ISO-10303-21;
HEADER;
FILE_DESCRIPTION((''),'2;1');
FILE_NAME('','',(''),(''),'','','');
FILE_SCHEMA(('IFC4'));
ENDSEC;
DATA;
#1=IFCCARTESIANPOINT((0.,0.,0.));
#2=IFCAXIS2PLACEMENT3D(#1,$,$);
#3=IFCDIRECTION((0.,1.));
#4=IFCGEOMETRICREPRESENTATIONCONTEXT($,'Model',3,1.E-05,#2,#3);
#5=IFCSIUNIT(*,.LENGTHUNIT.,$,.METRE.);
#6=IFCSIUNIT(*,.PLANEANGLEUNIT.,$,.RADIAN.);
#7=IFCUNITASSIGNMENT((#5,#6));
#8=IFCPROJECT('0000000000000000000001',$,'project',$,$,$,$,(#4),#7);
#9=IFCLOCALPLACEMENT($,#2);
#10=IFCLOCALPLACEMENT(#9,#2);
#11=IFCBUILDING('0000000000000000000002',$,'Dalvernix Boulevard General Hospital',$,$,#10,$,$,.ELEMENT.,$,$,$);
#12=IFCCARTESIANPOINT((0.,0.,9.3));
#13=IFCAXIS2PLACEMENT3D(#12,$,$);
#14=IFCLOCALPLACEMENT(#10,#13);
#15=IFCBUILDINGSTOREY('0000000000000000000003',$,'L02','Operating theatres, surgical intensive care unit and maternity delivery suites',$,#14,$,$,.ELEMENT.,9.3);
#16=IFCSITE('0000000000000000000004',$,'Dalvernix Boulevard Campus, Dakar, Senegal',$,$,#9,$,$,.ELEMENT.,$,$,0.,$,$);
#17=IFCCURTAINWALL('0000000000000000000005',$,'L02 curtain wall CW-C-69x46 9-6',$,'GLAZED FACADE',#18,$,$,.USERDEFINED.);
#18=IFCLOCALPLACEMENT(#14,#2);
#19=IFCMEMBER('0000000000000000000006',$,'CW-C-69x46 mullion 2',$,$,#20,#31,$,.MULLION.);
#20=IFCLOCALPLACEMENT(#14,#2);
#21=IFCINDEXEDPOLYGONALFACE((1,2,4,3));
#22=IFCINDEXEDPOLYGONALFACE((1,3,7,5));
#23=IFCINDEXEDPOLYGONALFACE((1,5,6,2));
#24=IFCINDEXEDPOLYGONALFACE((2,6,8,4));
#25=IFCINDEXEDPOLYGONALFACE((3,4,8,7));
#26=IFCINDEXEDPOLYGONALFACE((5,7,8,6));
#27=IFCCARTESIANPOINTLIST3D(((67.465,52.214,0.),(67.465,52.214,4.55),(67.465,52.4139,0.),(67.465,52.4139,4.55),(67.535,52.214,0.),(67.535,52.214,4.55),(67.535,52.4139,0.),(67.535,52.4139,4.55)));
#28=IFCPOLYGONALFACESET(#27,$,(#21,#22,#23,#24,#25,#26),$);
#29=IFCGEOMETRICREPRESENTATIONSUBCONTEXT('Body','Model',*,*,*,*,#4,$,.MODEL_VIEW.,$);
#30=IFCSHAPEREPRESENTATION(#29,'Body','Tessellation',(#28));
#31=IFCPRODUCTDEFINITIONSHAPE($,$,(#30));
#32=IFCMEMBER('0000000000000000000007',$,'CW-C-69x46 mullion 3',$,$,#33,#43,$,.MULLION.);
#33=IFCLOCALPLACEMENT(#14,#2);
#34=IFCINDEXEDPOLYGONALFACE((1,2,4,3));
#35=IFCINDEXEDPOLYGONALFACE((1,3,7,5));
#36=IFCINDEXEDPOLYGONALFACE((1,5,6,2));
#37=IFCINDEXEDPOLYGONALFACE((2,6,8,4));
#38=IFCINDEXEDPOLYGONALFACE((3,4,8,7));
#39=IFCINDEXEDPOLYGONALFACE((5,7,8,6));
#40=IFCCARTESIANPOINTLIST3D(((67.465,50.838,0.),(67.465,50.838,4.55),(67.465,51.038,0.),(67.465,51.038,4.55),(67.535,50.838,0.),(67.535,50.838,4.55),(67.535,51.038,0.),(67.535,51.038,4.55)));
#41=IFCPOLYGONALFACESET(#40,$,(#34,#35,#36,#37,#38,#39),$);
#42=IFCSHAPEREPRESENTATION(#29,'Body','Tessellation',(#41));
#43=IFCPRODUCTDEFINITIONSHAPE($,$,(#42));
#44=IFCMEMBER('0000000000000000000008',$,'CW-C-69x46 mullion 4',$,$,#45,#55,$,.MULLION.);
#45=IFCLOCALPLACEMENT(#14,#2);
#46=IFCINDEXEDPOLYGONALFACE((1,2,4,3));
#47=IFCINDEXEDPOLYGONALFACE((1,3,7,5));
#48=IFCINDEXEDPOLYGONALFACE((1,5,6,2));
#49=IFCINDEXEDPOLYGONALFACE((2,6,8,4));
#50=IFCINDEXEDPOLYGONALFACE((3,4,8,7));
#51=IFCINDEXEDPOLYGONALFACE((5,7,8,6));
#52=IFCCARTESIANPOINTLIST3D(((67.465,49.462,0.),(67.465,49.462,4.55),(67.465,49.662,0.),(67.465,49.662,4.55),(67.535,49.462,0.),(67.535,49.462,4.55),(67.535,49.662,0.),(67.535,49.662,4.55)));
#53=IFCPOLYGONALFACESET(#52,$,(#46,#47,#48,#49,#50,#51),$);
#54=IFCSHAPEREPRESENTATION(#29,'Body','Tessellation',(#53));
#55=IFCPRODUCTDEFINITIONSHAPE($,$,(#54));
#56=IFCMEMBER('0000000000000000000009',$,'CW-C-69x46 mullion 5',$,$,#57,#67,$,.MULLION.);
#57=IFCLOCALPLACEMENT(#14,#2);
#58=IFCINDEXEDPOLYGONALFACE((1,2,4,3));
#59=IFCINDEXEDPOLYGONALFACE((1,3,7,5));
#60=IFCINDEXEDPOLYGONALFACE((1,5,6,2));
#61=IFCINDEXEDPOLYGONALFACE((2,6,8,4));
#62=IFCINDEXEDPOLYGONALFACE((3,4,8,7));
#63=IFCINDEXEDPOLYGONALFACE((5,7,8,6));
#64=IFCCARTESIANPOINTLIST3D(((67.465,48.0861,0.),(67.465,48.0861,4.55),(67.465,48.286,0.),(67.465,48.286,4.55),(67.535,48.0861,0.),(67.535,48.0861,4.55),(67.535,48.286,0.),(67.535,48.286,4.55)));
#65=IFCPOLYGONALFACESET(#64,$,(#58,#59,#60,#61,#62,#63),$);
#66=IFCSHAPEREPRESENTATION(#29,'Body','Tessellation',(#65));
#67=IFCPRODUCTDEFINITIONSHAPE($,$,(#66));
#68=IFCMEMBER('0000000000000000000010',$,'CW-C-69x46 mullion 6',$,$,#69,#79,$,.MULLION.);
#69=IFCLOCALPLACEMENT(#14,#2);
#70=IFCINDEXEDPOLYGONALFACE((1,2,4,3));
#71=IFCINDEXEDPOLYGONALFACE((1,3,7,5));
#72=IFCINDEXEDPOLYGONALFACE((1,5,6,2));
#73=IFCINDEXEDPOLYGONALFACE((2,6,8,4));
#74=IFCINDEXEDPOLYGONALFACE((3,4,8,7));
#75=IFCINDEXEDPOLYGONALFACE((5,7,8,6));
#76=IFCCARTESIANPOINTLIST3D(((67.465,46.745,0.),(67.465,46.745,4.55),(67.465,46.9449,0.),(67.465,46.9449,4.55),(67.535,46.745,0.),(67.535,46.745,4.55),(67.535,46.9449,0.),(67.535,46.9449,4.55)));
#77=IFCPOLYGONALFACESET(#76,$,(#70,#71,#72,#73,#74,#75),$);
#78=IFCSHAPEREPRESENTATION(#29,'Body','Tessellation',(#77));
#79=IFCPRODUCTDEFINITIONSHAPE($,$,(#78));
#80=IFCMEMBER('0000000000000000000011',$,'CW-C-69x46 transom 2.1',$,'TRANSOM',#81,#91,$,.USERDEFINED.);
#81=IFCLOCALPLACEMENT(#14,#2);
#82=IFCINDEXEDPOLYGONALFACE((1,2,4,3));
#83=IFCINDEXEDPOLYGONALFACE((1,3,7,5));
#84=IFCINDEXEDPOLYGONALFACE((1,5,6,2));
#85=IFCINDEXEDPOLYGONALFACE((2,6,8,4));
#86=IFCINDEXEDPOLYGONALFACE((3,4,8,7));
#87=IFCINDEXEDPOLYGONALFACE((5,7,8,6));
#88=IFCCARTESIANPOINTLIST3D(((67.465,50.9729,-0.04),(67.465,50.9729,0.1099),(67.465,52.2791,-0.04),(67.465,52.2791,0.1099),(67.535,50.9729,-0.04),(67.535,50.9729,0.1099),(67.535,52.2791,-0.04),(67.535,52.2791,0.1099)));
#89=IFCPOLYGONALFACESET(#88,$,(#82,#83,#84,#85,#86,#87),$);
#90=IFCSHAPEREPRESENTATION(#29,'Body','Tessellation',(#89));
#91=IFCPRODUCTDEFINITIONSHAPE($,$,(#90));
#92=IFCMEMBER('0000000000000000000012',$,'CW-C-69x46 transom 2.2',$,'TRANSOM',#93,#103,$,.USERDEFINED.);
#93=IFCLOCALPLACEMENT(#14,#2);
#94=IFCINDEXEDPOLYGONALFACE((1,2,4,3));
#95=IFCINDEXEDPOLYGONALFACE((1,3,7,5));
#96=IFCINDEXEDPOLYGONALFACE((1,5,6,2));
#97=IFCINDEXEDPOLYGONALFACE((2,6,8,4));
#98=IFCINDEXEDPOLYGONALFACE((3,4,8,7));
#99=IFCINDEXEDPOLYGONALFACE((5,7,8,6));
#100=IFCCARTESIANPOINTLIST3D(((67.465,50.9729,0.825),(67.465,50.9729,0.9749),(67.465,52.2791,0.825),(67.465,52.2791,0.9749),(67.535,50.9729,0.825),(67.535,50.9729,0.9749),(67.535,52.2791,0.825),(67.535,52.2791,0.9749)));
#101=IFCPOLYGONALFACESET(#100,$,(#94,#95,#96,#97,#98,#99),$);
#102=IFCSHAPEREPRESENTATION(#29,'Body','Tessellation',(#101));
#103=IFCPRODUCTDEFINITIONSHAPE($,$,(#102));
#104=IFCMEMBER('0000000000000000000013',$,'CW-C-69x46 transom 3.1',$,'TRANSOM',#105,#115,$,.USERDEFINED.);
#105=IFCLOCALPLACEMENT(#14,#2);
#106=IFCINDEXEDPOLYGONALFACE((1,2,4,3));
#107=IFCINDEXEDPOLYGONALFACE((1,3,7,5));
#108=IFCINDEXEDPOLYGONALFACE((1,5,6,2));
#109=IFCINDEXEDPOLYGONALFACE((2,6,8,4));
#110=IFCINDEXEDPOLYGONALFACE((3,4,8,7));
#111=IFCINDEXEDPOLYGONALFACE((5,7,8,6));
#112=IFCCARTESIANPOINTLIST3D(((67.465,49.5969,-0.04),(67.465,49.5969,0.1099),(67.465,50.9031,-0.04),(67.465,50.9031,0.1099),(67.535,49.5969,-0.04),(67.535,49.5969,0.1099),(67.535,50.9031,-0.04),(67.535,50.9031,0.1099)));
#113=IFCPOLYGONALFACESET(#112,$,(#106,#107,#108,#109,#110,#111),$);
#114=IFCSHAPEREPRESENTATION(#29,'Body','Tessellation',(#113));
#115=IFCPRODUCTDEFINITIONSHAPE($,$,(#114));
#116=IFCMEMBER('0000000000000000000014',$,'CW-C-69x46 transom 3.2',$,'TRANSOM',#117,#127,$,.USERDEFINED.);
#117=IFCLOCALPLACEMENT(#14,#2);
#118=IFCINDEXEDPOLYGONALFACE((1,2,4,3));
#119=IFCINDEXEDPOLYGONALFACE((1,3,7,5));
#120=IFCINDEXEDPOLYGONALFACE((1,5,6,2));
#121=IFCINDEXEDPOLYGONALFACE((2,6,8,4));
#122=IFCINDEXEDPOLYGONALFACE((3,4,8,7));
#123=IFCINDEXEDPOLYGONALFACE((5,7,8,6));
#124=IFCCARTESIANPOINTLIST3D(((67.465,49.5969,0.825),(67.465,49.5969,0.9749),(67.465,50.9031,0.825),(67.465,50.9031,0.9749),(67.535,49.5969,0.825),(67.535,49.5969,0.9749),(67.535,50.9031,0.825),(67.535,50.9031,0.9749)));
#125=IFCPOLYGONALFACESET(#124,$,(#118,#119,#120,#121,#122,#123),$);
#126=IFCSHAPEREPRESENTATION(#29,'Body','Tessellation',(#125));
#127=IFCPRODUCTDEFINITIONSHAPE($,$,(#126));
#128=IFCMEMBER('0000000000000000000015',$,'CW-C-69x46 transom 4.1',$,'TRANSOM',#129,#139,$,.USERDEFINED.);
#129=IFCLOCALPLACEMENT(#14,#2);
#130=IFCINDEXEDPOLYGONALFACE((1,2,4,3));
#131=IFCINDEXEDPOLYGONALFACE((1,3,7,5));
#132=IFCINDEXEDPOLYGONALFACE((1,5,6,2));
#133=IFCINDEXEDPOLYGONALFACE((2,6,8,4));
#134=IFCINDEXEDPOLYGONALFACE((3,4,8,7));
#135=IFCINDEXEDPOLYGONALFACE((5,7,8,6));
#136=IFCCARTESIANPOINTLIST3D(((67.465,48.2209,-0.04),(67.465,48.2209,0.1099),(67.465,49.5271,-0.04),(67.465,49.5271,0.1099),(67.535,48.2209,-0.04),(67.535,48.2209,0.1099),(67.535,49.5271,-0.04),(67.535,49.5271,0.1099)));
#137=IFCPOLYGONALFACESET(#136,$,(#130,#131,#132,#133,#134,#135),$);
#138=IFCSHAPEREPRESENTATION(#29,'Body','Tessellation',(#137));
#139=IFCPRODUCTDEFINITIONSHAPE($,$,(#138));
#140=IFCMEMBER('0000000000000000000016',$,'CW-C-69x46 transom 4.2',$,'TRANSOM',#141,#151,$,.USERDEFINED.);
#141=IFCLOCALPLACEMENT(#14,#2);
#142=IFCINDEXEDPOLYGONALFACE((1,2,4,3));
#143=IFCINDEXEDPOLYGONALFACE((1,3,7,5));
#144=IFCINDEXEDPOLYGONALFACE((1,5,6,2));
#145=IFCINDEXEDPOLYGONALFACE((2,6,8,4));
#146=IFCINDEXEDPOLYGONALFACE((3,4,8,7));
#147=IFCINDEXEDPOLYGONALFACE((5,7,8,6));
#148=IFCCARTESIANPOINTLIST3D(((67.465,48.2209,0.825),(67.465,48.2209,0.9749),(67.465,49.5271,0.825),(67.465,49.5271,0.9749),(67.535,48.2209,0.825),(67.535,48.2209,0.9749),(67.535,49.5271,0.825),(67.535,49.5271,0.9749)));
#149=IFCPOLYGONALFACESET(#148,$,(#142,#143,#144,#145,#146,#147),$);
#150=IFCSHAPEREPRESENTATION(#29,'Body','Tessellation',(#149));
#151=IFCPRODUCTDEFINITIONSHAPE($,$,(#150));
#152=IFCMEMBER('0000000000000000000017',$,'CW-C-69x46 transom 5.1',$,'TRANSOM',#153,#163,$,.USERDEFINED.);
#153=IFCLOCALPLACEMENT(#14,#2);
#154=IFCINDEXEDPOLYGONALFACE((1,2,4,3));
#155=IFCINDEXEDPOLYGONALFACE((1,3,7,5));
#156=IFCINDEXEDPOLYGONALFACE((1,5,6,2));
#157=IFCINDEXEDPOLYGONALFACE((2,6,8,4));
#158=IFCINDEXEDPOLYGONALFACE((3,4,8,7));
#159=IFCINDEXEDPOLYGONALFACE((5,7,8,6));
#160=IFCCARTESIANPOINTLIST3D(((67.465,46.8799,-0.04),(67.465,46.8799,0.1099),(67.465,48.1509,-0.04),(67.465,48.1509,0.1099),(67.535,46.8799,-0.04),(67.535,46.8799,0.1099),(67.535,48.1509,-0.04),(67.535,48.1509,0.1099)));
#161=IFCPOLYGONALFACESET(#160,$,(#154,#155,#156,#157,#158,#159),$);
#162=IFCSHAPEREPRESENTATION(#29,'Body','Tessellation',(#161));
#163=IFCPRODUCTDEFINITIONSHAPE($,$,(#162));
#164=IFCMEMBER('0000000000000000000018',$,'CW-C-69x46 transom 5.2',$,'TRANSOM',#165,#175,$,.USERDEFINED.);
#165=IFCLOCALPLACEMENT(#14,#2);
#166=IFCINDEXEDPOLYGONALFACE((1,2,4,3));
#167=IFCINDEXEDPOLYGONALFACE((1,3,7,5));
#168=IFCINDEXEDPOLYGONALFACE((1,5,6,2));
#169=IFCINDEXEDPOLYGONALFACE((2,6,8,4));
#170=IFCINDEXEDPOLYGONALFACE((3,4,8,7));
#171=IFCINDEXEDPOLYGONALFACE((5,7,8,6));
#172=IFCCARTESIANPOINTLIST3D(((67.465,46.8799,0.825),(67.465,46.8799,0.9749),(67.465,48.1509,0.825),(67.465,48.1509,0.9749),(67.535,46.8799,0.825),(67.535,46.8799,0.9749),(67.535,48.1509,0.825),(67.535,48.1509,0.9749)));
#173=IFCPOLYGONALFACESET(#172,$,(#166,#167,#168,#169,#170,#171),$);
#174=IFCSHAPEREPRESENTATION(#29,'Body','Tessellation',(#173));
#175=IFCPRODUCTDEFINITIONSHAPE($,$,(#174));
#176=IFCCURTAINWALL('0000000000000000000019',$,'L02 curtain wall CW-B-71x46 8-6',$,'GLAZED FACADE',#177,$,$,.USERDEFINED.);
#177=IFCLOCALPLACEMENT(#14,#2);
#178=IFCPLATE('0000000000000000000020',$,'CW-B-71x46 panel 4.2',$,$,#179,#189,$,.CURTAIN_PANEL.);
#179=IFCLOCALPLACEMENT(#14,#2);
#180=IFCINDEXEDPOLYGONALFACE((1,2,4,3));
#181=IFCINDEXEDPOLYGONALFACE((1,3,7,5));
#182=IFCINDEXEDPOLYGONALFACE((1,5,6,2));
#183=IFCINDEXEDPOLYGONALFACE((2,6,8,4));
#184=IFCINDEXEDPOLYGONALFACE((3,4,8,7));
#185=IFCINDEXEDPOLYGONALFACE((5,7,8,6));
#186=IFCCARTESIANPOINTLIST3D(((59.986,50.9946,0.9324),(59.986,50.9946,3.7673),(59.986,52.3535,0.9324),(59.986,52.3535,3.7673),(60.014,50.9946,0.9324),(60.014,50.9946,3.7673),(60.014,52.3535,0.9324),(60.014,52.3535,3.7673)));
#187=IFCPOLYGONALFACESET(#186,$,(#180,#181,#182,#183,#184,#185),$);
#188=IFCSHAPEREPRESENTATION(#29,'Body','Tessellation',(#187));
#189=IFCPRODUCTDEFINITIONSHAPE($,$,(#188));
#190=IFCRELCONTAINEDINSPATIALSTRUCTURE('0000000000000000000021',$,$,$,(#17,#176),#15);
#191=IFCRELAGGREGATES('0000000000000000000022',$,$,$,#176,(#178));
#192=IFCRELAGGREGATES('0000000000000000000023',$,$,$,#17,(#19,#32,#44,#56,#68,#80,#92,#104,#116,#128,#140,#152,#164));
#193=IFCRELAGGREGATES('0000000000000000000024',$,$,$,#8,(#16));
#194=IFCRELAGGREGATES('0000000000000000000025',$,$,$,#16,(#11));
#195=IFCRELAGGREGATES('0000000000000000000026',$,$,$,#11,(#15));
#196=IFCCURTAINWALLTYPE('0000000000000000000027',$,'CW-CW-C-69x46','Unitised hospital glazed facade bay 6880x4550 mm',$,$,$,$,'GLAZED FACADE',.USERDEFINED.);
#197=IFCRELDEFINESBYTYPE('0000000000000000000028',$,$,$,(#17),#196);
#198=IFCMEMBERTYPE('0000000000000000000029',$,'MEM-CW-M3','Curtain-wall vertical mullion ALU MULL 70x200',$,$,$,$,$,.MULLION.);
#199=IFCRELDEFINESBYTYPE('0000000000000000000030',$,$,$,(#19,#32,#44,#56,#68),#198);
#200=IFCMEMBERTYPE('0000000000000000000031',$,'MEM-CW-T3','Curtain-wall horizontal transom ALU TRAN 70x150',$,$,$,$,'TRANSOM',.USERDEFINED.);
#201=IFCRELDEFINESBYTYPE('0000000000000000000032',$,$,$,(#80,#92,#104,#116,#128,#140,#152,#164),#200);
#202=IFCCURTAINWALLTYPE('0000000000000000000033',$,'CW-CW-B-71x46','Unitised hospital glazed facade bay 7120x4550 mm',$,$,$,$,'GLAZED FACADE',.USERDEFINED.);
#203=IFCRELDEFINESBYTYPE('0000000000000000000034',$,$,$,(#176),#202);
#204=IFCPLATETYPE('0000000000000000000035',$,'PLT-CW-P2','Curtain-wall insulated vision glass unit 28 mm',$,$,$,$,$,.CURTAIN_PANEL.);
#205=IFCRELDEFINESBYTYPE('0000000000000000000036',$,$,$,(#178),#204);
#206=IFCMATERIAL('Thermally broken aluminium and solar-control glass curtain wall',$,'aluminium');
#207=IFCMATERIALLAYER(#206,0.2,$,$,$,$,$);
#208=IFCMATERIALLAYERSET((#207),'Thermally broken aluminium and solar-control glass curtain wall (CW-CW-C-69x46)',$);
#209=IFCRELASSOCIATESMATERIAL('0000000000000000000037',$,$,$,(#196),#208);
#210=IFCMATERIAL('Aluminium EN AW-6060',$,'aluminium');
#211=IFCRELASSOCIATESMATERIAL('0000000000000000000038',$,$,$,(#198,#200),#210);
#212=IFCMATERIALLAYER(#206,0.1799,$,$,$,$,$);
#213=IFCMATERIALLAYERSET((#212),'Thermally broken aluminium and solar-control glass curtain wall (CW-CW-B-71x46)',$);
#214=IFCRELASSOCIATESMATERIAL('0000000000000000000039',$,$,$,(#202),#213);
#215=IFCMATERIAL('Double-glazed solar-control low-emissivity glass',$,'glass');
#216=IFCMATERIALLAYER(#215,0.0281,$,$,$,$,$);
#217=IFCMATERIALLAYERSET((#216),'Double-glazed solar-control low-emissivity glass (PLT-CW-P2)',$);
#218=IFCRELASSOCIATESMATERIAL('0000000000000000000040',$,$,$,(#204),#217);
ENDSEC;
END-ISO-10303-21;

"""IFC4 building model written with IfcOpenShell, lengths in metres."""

from ifc_helpers import new_model, si_unit, direction, frame, origin, origin_2d, place, context, subcontext, project, spatial, rectangle, extrude, material, layer, layer_set, material_profile, profile_set, type_object, element, aggregate, save


model = new_model("IFC4")

# Units and contexts
model_context = context("Model", 3, precision=1e-05, world=origin(), true_north=direction((0.0, 1.0)))
body_context = subcontext(model_context, "Body", "Model", "MODEL_VIEW")
ifc_project = project(units=[si_unit("LENGTHUNIT", "METRE"), si_unit("PLANEANGLEUNIT", "RADIAN")], contexts=[model_context])

# Site, building, storey
site_placement = place(None, origin())
site = spatial("IfcSite", under=ifc_project, at=site_placement, Name="Dalvernix Boulevard Campus, Dakar, Senegal", CompositionType="ELEMENT", RefElevation=0.0)
building_placement = place(site_placement, origin())
building = spatial("IfcBuilding", under=site, at=building_placement, Name="Dalvernix Boulevard General Hospital", CompositionType="ELEMENT")
storey_placement = place(building_placement, frame((0.0, 0.0, 9.3)))
storey = spatial("IfcBuildingStorey", under=building, at=storey_placement, Name="L02", Description="Operating theatres, surgical intensive care unit and maternity delivery suites", CompositionType="ELEMENT", Elevation=9.3)

# Curtain wall, members
ifc_material_1 = material(Name="Thermally broken aluminium and solar-control glass curtain wall", Category="aluminium")
ifc_layer_1 = layer(ifc_material_1, 0.2)
ifc_layer_set_1 = layer_set([ifc_layer_1], Name="Thermally broken aluminium and solar-control glass curtain wall (CW-CW-C-69x46)")
curtain_wall_type_1 = type_object("IfcCurtainWallType", Name="CW-CW-C-69x46", Description="Unitised hospital glazed facade bay 6880x4550 mm", ElementType="GLAZED FACADE", PredefinedType="USERDEFINED", material=ifc_layer_set_1)
curtain_wall_1_placement = place(storey_placement, origin())
curtain_wall_1 = element("IfcCurtainWall", 1, at=curtain_wall_1_placement, inside=storey, type_object=curtain_wall_type_1, Name="L02 curtain wall CW-C-69x46 9-6", ObjectType="GLAZED FACADE", PredefinedType="USERDEFINED")
ifc_material_2 = material(Name="Aluminium EN AW-6060", Category="aluminium")
ifc_material_profile_1 = material_profile(ifc_material_2, rectangle(XDim=0.0701, YDim=0.2, at=origin_2d()), Name="ALU MULL 70x200")
ifc_profile_set_1 = profile_set([ifc_material_profile_1], Name="Aluminium EN AW-6060")
member_type_1 = type_object("IfcMemberType", Name="MEM-CW-M3", Description="Curtain-wall vertical mullion ALU MULL 70x200", PredefinedType="MULLION", material=ifc_profile_set_1)
member_1_placement = place(storey_placement, frame((67.5, 52.314, 0.0), z_axis=(0.0, 0.0, 1.0), x_axis=(1.0, 0.0, 0.0)))
member_1 = element("IfcMember", 2, at=member_1_placement, type_object=member_type_1, Name="CW-C-69x46 mullion 2", PredefinedType="MULLION", context=body_context, shape_type="SweptSolid", body=[
    extrude(rectangle(XDim=0.0701, YDim=0.2, at=origin_2d()), origin(), (0.0, 0.0, 1.0), 4.55),
])
member_2_placement = place(storey_placement, frame((67.5, 50.938, 0.0), z_axis=(0.0, 0.0, 1.0), x_axis=(1.0, 0.0, 0.0)))
member_2 = element("IfcMember", 3, at=member_2_placement, type_object=member_type_1, Name="CW-C-69x46 mullion 3", PredefinedType="MULLION", context=body_context, shape_type="SweptSolid", body=[
    extrude(rectangle(XDim=0.0701, YDim=0.2, at=origin_2d()), origin(), (0.0, 0.0, 1.0), 4.55),
])
member_3_placement = place(storey_placement, frame((67.5, 49.562, 0.0), z_axis=(0.0, 0.0, 1.0), x_axis=(1.0, 0.0, 0.0)))
member_3 = element("IfcMember", 4, at=member_3_placement, type_object=member_type_1, Name="CW-C-69x46 mullion 4", PredefinedType="MULLION", context=body_context, shape_type="SweptSolid", body=[
    extrude(rectangle(XDim=0.0701, YDim=0.2, at=origin_2d()), origin(), (0.0, 0.0, 1.0), 4.55),
])
member_4_placement = place(storey_placement, frame((67.5, 48.186, 0.0), z_axis=(0.0, 0.0, 1.0), x_axis=(1.0, 0.0, 0.0)))
member_4 = element("IfcMember", 5, at=member_4_placement, type_object=member_type_1, Name="CW-C-69x46 mullion 5", PredefinedType="MULLION", context=body_context, shape_type="SweptSolid", body=[
    extrude(rectangle(XDim=0.0701, YDim=0.2, at=origin_2d()), origin(), (0.0, 0.0, 1.0), 4.55),
])
member_5_placement = place(storey_placement, frame((67.5, 46.845, 0.0), z_axis=(0.0, 0.0, 1.0), x_axis=(1.0, 0.0, 0.0)))
member_5 = element("IfcMember", 6, at=member_5_placement, type_object=member_type_1, Name="CW-C-69x46 mullion 6", PredefinedType="MULLION", context=body_context, shape_type="SweptSolid", body=[
    extrude(rectangle(XDim=0.0701, YDim=0.2, at=origin_2d()), origin(), (0.0, 0.0, 1.0), 4.55),
])
ifc_material_profile_2 = material_profile(ifc_material_2, rectangle(XDim=0.0701, YDim=0.1499, at=origin_2d()), Name="ALU TRAN 70x150")
ifc_profile_set_2 = profile_set([ifc_material_profile_2], Name="Aluminium EN AW-6060")
member_type_2 = type_object("IfcMemberType", Name="MEM-CW-T3", Description="Curtain-wall horizontal transom ALU TRAN 70x150", ElementType="TRANSOM", PredefinedType="USERDEFINED", material=ifc_profile_set_2)
member_6_placement = place(storey_placement, frame((67.5, 52.2791, 0.0349), z_axis=(0.0, -1.0, 0.0), x_axis=(1.0, 0.0, 0.0)))
member_6 = element("IfcMember", 7, at=member_6_placement, type_object=member_type_2, Name="CW-C-69x46 transom 2.1", ObjectType="TRANSOM", PredefinedType="USERDEFINED", context=body_context, shape_type="SweptSolid", body=[
    extrude(rectangle(XDim=0.0701, YDim=0.1499, at=origin_2d()), origin(), (0.0, 0.0, 1.0), 1.3062),
])
member_7_placement = place(storey_placement, frame((67.5, 52.2791, 0.8999), z_axis=(0.0, -1.0, 0.0), x_axis=(1.0, 0.0, 0.0)))
member_7 = element("IfcMember", 8, at=member_7_placement, type_object=member_type_2, Name="CW-C-69x46 transom 2.2", ObjectType="TRANSOM", PredefinedType="USERDEFINED", context=body_context, shape_type="SweptSolid", body=[
    extrude(rectangle(XDim=0.0701, YDim=0.1499, at=origin_2d()), origin(), (0.0, 0.0, 1.0), 1.3062),
])
member_8_placement = place(storey_placement, frame((67.5, 50.9031, 0.0349), z_axis=(0.0, -1.0, 0.0), x_axis=(1.0, 0.0, 0.0)))
member_8 = element("IfcMember", 9, at=member_8_placement, type_object=member_type_2, Name="CW-C-69x46 transom 3.1", ObjectType="TRANSOM", PredefinedType="USERDEFINED", context=body_context, shape_type="SweptSolid", body=[
    extrude(rectangle(XDim=0.0701, YDim=0.1499, at=origin_2d()), origin(), (0.0, 0.0, 1.0), 1.3062),
])
member_9_placement = place(storey_placement, frame((67.5, 50.9031, 0.8999), z_axis=(0.0, -1.0, 0.0), x_axis=(1.0, 0.0, 0.0)))
member_9 = element("IfcMember", 10, at=member_9_placement, type_object=member_type_2, Name="CW-C-69x46 transom 3.2", ObjectType="TRANSOM", PredefinedType="USERDEFINED", context=body_context, shape_type="SweptSolid", body=[
    extrude(rectangle(XDim=0.0701, YDim=0.1499, at=origin_2d()), origin(), (0.0, 0.0, 1.0), 1.3062),
])
member_10_placement = place(storey_placement, frame((67.5, 49.5271, 0.0349), z_axis=(0.0, -1.0, 0.0), x_axis=(1.0, 0.0, 0.0)))
member_10 = element("IfcMember", 11, at=member_10_placement, type_object=member_type_2, Name="CW-C-69x46 transom 4.1", ObjectType="TRANSOM", PredefinedType="USERDEFINED", context=body_context, shape_type="SweptSolid", body=[
    extrude(rectangle(XDim=0.0701, YDim=0.1499, at=origin_2d()), origin(), (0.0, 0.0, 1.0), 1.3062),
])
member_11_placement = place(storey_placement, frame((67.5, 49.5271, 0.8999), z_axis=(0.0, -1.0, 0.0), x_axis=(1.0, 0.0, 0.0)))
member_11 = element("IfcMember", 12, at=member_11_placement, type_object=member_type_2, Name="CW-C-69x46 transom 4.2", ObjectType="TRANSOM", PredefinedType="USERDEFINED", context=body_context, shape_type="SweptSolid", body=[
    extrude(rectangle(XDim=0.0701, YDim=0.1499, at=origin_2d()), origin(), (0.0, 0.0, 1.0), 1.3062),
])
member_12_placement = place(storey_placement, frame((67.5, 48.1509, 0.0349), z_axis=(0.0, -1.0, 0.0), x_axis=(1.0, 0.0, 0.0)))
member_12 = element("IfcMember", 13, at=member_12_placement, type_object=member_type_2, Name="CW-C-69x46 transom 5.1", ObjectType="TRANSOM", PredefinedType="USERDEFINED", context=body_context, shape_type="SweptSolid", body=[
    extrude(rectangle(XDim=0.0701, YDim=0.1499, at=origin_2d()), origin(), (0.0, 0.0, 1.0), 1.271),
])
member_13_placement = place(storey_placement, frame((67.5, 48.1509, 0.8999), z_axis=(0.0, -1.0, 0.0), x_axis=(1.0, 0.0, 0.0)))
member_13 = element("IfcMember", 14, at=member_13_placement, type_object=member_type_2, Name="CW-C-69x46 transom 5.2", ObjectType="TRANSOM", PredefinedType="USERDEFINED", context=body_context, shape_type="SweptSolid", body=[
    extrude(rectangle(XDim=0.0701, YDim=0.1499, at=origin_2d()), origin(), (0.0, 0.0, 1.0), 1.271),
])

# Curtain wall, plate
ifc_layer_2 = layer(ifc_material_1, 0.1799)
ifc_layer_set_2 = layer_set([ifc_layer_2], Name="Thermally broken aluminium and solar-control glass curtain wall (CW-CW-B-71x46)")
curtain_wall_type_2 = type_object("IfcCurtainWallType", Name="CW-CW-B-71x46", Description="Unitised hospital glazed facade bay 7120x4550 mm", ElementType="GLAZED FACADE", PredefinedType="USERDEFINED", material=ifc_layer_set_2)
curtain_wall_2_placement = place(storey_placement, origin())
curtain_wall_2 = element("IfcCurtainWall", 15, at=curtain_wall_2_placement, inside=storey, type_object=curtain_wall_type_2, Name="L02 curtain wall CW-B-71x46 8-6", ObjectType="GLAZED FACADE", PredefinedType="USERDEFINED")
ifc_material_3 = material(Name="Double-glazed solar-control low-emissivity glass", Category="glass")
ifc_layer_3 = layer(ifc_material_3, 0.0281)
ifc_layer_set_3 = layer_set([ifc_layer_3], Name="Double-glazed solar-control low-emissivity glass (PLT-CW-P2)")
plate_type_1 = type_object("IfcPlateType", Name="PLT-CW-P2", Description="Curtain-wall insulated vision glass unit 28 mm", PredefinedType="CURTAIN_PANEL", material=ifc_layer_set_3)
plate_1_placement = place(storey_placement, frame((60.0, 51.6741, 0.9324), z_axis=(0.0, 0.0, 1.0), x_axis=(0.0, 1.0, 0.0)))
plate_1 = element("IfcPlate", 16, at=plate_1_placement, type_object=plate_type_1, Name="CW-B-71x46 panel 4.2", PredefinedType="CURTAIN_PANEL", context=body_context, shape_type="SweptSolid", body=[
    extrude(rectangle(XDim=1.3589, YDim=0.0281, at=origin_2d()), origin(), (0.0, 0.0, 1.0), 2.835),
])
aggregate(curtain_wall_2, [plate_1])

aggregate(curtain_wall_1, [member_1, member_2, member_3, member_4, member_5, member_6, member_7, member_8, member_9, member_10, member_11, member_12, member_13])

save(model, "model.ifc")
